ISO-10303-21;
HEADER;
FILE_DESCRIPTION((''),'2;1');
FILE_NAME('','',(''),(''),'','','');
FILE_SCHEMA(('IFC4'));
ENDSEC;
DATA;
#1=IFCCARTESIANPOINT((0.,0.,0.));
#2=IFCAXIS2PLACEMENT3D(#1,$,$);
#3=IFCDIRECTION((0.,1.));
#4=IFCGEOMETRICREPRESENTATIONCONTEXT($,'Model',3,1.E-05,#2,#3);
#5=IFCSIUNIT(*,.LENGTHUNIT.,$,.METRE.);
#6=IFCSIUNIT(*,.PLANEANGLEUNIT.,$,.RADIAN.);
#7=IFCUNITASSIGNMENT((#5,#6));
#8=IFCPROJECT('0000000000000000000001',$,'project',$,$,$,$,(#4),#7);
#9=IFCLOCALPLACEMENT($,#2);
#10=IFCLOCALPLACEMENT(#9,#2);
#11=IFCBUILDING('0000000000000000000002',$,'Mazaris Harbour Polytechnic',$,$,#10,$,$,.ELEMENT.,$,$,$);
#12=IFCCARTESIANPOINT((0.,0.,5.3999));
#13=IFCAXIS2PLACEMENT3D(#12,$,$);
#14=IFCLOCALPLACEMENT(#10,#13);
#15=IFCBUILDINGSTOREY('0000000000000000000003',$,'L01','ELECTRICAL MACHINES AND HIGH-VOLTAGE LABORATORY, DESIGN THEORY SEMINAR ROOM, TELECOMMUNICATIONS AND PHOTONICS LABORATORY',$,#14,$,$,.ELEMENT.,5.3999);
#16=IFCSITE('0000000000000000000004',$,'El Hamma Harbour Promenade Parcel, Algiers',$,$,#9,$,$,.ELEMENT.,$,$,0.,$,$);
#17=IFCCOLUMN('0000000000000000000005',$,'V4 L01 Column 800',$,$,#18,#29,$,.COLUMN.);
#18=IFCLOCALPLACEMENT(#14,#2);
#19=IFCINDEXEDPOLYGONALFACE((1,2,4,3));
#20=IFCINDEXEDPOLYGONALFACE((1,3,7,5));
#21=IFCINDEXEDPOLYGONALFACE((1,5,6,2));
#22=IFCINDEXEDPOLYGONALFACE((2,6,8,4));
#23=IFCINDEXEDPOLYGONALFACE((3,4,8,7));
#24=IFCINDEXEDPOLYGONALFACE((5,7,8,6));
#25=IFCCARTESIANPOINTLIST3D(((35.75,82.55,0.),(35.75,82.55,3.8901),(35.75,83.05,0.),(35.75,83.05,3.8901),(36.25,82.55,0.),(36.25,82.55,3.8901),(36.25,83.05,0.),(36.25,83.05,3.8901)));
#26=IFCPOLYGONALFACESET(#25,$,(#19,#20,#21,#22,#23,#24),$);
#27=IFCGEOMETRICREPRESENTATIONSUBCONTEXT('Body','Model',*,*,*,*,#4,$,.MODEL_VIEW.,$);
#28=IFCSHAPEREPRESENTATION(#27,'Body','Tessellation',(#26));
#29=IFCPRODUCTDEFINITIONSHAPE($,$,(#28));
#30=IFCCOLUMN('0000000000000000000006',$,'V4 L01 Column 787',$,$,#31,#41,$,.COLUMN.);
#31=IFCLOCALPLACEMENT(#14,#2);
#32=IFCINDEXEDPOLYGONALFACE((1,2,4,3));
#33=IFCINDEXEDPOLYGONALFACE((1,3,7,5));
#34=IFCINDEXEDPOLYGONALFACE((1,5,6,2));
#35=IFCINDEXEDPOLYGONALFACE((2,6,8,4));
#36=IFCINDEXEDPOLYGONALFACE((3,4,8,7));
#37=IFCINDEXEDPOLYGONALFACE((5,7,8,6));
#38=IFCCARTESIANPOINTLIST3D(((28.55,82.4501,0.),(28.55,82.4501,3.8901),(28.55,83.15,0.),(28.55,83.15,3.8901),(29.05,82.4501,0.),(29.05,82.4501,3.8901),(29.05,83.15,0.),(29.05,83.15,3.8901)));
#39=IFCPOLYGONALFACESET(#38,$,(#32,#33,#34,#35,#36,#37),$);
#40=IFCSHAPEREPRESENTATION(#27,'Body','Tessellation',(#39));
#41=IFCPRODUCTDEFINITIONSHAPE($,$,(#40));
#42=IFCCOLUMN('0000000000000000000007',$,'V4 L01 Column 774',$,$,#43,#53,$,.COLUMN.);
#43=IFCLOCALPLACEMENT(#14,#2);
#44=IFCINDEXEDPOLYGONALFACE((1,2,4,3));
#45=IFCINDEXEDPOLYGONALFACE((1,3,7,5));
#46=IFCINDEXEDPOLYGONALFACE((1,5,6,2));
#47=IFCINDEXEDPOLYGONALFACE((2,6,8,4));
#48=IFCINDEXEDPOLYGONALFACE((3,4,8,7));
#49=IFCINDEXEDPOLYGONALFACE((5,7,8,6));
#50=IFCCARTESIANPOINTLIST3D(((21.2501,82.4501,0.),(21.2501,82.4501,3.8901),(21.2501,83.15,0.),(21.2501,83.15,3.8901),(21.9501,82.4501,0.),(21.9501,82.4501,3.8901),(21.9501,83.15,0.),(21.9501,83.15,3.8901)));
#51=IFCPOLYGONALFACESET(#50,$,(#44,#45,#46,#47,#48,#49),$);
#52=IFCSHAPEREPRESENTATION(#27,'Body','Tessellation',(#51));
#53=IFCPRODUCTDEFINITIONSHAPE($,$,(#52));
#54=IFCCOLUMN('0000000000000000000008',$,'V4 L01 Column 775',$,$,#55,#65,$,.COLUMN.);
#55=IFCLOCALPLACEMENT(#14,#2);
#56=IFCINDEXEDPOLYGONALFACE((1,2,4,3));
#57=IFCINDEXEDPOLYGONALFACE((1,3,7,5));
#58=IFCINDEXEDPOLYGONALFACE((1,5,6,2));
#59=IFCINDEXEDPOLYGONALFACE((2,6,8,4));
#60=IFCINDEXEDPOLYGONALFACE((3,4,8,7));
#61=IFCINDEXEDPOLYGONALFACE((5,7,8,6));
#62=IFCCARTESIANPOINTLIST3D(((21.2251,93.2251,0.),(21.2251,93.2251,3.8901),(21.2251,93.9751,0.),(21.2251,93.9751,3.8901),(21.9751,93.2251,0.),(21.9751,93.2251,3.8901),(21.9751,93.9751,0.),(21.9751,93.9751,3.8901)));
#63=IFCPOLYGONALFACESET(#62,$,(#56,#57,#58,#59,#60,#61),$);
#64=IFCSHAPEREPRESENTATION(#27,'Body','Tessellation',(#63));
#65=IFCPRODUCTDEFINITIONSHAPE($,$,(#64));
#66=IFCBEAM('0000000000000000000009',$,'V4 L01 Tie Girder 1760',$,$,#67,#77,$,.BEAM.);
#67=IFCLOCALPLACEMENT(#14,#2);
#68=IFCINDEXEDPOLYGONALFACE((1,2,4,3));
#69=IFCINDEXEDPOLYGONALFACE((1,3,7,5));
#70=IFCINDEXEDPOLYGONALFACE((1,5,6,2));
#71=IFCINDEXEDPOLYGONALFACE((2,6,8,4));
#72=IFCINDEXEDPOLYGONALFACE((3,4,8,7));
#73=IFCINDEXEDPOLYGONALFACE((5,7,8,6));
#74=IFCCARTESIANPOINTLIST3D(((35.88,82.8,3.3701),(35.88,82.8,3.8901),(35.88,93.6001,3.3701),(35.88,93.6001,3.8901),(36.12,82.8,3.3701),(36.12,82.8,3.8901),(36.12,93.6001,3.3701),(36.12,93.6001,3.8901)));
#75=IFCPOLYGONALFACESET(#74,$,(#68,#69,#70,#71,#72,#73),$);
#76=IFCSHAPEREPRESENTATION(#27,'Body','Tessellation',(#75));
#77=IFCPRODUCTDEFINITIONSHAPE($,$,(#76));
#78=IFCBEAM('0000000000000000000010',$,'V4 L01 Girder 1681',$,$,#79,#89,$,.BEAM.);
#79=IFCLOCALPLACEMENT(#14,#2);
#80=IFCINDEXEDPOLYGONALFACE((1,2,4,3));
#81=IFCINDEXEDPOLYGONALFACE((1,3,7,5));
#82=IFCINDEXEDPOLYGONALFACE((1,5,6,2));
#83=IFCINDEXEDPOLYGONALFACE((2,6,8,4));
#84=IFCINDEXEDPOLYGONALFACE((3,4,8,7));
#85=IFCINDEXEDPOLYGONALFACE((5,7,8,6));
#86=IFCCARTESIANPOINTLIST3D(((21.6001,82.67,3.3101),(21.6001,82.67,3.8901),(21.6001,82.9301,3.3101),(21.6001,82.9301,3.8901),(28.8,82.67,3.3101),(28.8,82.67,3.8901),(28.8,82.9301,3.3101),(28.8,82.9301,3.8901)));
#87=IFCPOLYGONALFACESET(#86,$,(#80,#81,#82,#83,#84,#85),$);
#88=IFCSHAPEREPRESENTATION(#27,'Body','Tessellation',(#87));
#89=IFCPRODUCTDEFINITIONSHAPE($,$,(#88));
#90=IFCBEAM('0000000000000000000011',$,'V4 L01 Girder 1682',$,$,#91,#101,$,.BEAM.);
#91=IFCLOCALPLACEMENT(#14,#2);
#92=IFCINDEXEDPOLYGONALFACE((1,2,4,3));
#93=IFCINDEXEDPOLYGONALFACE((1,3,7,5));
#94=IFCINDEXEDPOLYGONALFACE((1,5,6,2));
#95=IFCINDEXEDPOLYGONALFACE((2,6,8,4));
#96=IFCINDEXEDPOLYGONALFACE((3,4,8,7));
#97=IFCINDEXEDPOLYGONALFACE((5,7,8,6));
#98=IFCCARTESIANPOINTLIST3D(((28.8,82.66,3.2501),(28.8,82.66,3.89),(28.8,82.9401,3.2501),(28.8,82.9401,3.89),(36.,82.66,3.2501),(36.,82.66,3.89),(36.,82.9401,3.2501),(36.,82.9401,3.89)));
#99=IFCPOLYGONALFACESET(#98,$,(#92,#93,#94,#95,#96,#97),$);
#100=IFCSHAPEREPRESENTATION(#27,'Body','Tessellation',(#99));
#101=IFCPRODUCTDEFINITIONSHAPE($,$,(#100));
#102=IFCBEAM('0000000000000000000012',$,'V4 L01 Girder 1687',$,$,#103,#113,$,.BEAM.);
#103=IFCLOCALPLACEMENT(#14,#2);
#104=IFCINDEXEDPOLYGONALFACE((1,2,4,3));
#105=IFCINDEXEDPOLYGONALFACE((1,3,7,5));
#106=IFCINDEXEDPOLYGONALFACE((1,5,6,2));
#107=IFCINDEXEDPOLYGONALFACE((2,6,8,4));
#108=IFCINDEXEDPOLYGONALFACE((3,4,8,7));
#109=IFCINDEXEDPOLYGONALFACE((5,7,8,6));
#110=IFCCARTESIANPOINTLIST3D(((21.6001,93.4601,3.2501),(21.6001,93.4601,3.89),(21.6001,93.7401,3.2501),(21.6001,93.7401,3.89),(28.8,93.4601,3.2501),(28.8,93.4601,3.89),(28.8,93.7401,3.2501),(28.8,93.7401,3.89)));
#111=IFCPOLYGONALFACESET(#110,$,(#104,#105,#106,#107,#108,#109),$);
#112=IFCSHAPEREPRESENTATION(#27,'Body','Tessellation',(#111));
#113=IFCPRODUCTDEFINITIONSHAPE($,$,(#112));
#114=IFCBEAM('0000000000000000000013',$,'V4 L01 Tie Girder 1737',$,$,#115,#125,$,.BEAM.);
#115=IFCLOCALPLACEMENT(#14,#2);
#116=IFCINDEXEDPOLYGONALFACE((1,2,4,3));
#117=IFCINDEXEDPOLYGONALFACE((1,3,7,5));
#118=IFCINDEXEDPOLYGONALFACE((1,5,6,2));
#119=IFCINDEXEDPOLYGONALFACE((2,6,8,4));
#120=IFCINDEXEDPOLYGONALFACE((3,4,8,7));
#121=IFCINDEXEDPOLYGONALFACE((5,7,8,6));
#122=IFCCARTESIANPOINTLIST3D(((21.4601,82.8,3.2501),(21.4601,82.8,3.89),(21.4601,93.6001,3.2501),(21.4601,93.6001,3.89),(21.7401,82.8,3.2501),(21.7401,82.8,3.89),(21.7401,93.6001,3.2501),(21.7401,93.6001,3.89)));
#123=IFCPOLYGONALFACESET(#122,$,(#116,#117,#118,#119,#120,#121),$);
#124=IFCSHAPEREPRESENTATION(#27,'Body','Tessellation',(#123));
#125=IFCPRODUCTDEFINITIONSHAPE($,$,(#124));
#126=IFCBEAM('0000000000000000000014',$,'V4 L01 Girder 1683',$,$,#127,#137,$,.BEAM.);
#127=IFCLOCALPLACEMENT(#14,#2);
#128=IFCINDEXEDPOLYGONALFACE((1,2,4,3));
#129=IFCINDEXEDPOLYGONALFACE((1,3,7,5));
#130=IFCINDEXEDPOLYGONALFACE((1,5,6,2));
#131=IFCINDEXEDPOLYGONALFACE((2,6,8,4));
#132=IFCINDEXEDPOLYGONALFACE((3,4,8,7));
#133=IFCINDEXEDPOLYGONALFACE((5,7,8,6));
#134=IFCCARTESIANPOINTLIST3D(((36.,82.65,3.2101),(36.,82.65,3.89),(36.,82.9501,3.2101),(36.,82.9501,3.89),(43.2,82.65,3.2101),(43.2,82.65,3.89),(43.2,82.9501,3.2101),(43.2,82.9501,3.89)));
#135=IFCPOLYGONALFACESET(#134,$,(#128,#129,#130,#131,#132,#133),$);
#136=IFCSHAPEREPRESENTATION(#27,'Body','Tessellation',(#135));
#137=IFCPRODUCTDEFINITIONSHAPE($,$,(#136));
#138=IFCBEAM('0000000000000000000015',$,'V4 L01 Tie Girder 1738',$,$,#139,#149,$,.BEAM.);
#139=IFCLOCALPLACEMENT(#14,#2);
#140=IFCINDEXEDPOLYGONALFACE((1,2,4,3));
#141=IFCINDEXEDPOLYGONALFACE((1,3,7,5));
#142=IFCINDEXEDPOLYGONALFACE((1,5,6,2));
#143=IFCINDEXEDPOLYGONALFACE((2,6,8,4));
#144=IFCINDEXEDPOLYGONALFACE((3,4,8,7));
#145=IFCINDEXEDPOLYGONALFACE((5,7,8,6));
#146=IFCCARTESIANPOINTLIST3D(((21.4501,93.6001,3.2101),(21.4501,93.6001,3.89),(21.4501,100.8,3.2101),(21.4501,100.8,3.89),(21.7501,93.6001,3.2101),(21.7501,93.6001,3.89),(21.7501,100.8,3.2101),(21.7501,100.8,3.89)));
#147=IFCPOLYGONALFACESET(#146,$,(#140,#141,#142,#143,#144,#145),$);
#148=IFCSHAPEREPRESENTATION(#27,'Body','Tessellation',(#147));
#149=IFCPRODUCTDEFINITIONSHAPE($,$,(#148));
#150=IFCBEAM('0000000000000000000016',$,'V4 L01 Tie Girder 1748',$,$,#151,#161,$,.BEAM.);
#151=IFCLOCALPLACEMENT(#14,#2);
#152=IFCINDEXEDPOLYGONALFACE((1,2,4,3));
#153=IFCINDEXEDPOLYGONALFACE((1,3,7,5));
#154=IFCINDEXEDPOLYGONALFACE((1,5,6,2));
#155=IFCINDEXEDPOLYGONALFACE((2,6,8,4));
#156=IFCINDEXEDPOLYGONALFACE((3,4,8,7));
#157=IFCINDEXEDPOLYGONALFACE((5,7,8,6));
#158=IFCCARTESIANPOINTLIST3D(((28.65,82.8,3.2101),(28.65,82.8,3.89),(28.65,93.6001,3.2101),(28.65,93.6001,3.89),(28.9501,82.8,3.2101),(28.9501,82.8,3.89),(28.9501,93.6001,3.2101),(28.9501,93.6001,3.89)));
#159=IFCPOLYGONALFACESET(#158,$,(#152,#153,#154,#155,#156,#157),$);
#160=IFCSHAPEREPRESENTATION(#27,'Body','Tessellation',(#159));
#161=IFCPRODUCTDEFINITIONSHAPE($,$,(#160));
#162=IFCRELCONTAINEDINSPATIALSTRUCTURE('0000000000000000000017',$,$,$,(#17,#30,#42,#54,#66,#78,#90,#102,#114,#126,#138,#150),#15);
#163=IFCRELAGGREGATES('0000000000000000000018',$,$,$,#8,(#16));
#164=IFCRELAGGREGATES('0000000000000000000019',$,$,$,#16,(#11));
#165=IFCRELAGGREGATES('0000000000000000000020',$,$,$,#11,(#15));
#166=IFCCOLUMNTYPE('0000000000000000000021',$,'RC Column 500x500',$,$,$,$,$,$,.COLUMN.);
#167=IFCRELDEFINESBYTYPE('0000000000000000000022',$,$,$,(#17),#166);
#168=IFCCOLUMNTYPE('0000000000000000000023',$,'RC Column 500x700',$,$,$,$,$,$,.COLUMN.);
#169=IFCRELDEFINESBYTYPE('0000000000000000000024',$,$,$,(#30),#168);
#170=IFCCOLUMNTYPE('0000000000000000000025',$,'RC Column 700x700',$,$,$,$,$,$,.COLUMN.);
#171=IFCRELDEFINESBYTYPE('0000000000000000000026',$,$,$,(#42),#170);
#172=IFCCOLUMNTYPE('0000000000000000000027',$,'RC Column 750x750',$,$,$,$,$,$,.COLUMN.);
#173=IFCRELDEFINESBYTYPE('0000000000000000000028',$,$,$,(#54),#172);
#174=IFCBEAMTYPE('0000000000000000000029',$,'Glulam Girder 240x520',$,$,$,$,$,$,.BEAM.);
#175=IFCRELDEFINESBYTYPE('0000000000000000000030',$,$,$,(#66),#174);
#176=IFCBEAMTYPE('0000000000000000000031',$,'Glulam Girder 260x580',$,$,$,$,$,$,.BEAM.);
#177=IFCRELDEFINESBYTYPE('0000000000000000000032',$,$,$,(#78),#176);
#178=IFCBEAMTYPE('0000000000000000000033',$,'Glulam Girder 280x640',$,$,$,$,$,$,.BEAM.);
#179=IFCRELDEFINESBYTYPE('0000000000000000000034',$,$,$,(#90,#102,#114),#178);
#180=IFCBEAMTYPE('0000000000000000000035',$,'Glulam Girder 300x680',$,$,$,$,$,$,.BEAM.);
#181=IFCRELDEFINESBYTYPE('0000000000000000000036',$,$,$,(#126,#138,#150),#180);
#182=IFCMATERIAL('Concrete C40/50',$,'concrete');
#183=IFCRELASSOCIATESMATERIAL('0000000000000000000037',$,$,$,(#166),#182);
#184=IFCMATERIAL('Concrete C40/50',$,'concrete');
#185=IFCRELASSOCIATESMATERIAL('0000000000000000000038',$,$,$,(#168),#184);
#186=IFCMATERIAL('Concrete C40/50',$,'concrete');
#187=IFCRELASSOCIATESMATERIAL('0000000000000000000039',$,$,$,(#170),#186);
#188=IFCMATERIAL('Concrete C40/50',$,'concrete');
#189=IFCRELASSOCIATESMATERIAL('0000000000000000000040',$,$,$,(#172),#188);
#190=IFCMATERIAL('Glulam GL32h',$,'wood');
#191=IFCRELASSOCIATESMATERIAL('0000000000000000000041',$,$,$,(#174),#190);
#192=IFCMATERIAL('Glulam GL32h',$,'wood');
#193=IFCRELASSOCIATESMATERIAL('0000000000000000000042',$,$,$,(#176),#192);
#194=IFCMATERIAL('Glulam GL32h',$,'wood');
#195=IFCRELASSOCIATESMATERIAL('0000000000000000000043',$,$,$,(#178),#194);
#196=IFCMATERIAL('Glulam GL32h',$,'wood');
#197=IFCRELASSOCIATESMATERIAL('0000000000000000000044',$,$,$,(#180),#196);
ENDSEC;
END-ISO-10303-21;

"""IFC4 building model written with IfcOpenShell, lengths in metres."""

from ifc_helpers import new_model, si_unit, direction, frame, origin, origin_2d, place, context, subcontext, project, spatial, rectangle, extrude, material, material_profile, profile_set, type_object, element, save


model = new_model("IFC4")

# Units and contexts
model_context = context("Model", 3, precision=1e-05, world=origin(), true_north=direction((0.0, 1.0)))
body_context = subcontext(model_context, "Body", "Model", "MODEL_VIEW")
ifc_project = project(units=[si_unit("LENGTHUNIT", "METRE"), si_unit("PLANEANGLEUNIT", "RADIAN")], contexts=[model_context])

# Site, building, storey
site_placement = place(None, origin())
site = spatial("IfcSite", under=ifc_project, at=site_placement, Name="El Hamma Harbour Promenade Parcel, Algiers", CompositionType="ELEMENT", RefElevation=0.0)
building_placement = place(site_placement, origin())
building = spatial("IfcBuilding", under=site, at=building_placement, Name="Mazaris Harbour Polytechnic", CompositionType="ELEMENT")
storey_placement = place(building_placement, frame((0.0, 0.0, 5.3999)))
storey = spatial("IfcBuildingStorey", under=building, at=storey_placement, Name="L01", Description="ELECTRICAL MACHINES AND HIGH-VOLTAGE LABORATORY, DESIGN THEORY SEMINAR ROOM, TELECOMMUNICATIONS AND PHOTONICS LABORATORY", CompositionType="ELEMENT", Elevation=5.3999)

# Columns
ifc_material_1 = material(Name="Concrete C40/50", Category="concrete")
ifc_material_profile_1 = material_profile(ifc_material_1, rectangle(XDim=0.5, YDim=0.5, at=origin_2d()), Name="RECT500x500")
ifc_profile_set_1 = profile_set([ifc_material_profile_1], Name="Concrete C40/50")
column_type_1 = type_object("IfcColumnType", Name="RC Column 500x500", PredefinedType="COLUMN", material=ifc_profile_set_1)
column_1_placement = place(storey_placement, frame((36.0, 82.8, 0.0), z_axis=(0.0, 0.0, 1.0), x_axis=(1.0, 0.0, 0.0)))
element("IfcColumn", 1, at=column_1_placement, inside=storey, type_object=column_type_1, Name="V4 L01 Column 800", PredefinedType="COLUMN", context=body_context, shape_type="SweptSolid", body=[
    extrude(rectangle(XDim=0.5, YDim=0.5, at=origin_2d()), origin(), (0.0, 0.0, 1.0), 3.8901),
])
ifc_material_2 = material(Name="Concrete C40/50", Category="concrete")
ifc_material_profile_2 = material_profile(ifc_material_2, rectangle(XDim=0.5, YDim=0.7, at=origin_2d()), Name="RECT500x700")
ifc_profile_set_2 = profile_set([ifc_material_profile_2], Name="Concrete C40/50")
column_type_2 = type_object("IfcColumnType", Name="RC Column 500x700", PredefinedType="COLUMN", material=ifc_profile_set_2)
column_2_placement = place(storey_placement, frame((28.8, 82.8, 0.0), z_axis=(0.0, 0.0, 1.0), x_axis=(1.0, 0.0, 0.0)))
element("IfcColumn", 2, at=column_2_placement, inside=storey, type_object=column_type_2, Name="V4 L01 Column 787", PredefinedType="COLUMN", context=body_context, shape_type="SweptSolid", body=[
    extrude(rectangle(XDim=0.5, YDim=0.7, at=origin_2d()), origin(), (0.0, 0.0, 1.0), 3.8901),
])
ifc_material_3 = material(Name="Concrete C40/50", Category="concrete")
ifc_material_profile_3 = material_profile(ifc_material_3, rectangle(XDim=0.7, YDim=0.7, at=origin_2d()), Name="RECT700x700")
ifc_profile_set_3 = profile_set([ifc_material_profile_3], Name="Concrete C40/50")
column_type_3 = type_object("IfcColumnType", Name="RC Column 700x700", PredefinedType="COLUMN", material=ifc_profile_set_3)
column_3_placement = place(storey_placement, frame((21.6001, 82.8, 0.0), z_axis=(0.0, 0.0, 1.0), x_axis=(1.0, 0.0, 0.0)))
element("IfcColumn", 3, at=column_3_placement, inside=storey, type_object=column_type_3, Name="V4 L01 Column 774", PredefinedType="COLUMN", context=body_context, shape_type="SweptSolid", body=[
    extrude(rectangle(XDim=0.7, YDim=0.7, at=origin_2d()), origin(), (0.0, 0.0, 1.0), 3.8901),
])
ifc_material_4 = material(Name="Concrete C40/50", Category="concrete")
ifc_material_profile_4 = material_profile(ifc_material_4, rectangle(XDim=0.75, YDim=0.75, at=origin_2d()), Name="RECT750x750")
ifc_profile_set_4 = profile_set([ifc_material_profile_4], Name="Concrete C40/50")
column_type_4 = type_object("IfcColumnType", Name="RC Column 750x750", PredefinedType="COLUMN", material=ifc_profile_set_4)
column_4_placement = place(storey_placement, frame((21.6001, 93.6001, 0.0), z_axis=(0.0, 0.0, 1.0), x_axis=(1.0, 0.0, 0.0)))
element("IfcColumn", 4, at=column_4_placement, inside=storey, type_object=column_type_4, Name="V4 L01 Column 775", PredefinedType="COLUMN", context=body_context, shape_type="SweptSolid", body=[
    extrude(rectangle(XDim=0.75, YDim=0.75, at=origin_2d()), origin(), (0.0, 0.0, 1.0), 3.8901),
])

# Beams
ifc_material_5 = material(Name="Glulam GL32h", Category="wood")
ifc_material_profile_5 = material_profile(ifc_material_5, rectangle(XDim=0.24, YDim=0.52, at=origin_2d()), Name="RECT240x520")
ifc_profile_set_5 = profile_set([ifc_material_profile_5], Name="Glulam GL32h")
beam_type_1 = type_object("IfcBeamType", Name="Glulam Girder 240x520", PredefinedType="BEAM", material=ifc_profile_set_5)
beam_1_placement = place(storey_placement, frame((36.0, 82.8, 3.6301), z_axis=(0.0, 1.0, 0.0), x_axis=(-1.0, 0.0, 0.0)))
element("IfcBeam", 5, at=beam_1_placement, inside=storey, type_object=beam_type_1, Name="V4 L01 Tie Girder 1760", PredefinedType="BEAM", context=body_context, shape_type="SweptSolid", body=[
    extrude(rectangle(XDim=0.24, YDim=0.52, at=origin_2d()), origin(), (0.0, 0.0, 1.0), 10.8),
])
ifc_material_6 = material(Name="Glulam GL32h", Category="wood")
ifc_material_profile_6 = material_profile(ifc_material_6, rectangle(XDim=0.26, YDim=0.5801, at=origin_2d()), Name="RECT260x580")
ifc_profile_set_6 = profile_set([ifc_material_profile_6], Name="Glulam GL32h")
beam_type_2 = type_object("IfcBeamType", Name="Glulam Girder 260x580", PredefinedType="BEAM", material=ifc_profile_set_6)
beam_2_placement = place(storey_placement, frame((21.6001, 82.8, 3.6001), z_axis=(1.0, 0.0, 0.0), x_axis=(0.0, 1.0, 0.0)))
element("IfcBeam", 6, at=beam_2_placement, inside=storey, type_object=beam_type_2, Name="V4 L01 Girder 1681", PredefinedType="BEAM", context=body_context, shape_type="SweptSolid", body=[
    extrude(rectangle(XDim=0.26, YDim=0.5801, at=origin_2d()), origin(), (0.0, 0.0, 1.0), 7.2),
])
ifc_material_7 = material(Name="Glulam GL32h", Category="wood")
ifc_material_profile_7 = material_profile(ifc_material_7, rectangle(XDim=0.28, YDim=0.6399, at=origin_2d()), Name="RECT280x640")
ifc_profile_set_7 = profile_set([ifc_material_profile_7], Name="Glulam GL32h")
beam_type_3 = type_object("IfcBeamType", Name="Glulam Girder 280x640", PredefinedType="BEAM", material=ifc_profile_set_7)
for number, where, z_axis, x_axis, name in (
    (7, (28.8, 82.8, 3.5701), (1.0, 0.0, 0.0), (0.0, 1.0, 0.0), "V4 L01 Girder 1682"),
    (8, (21.6001, 93.6001, 3.5701), (1.0, 0.0, 0.0), (0.0, 1.0, 0.0), "V4 L01 Girder 1687"),
):
    element("IfcBeam", number, at=place(storey_placement, frame(where, z_axis=z_axis, x_axis=x_axis)), inside=storey, type_object=beam_type_3, Name=name, PredefinedType="BEAM", context=body_context, shape_type="SweptSolid", body=[
        extrude(rectangle(XDim=0.28, YDim=0.6399, at=origin_2d()), origin(), (0.0, 0.0, 1.0), 7.2),
    ])
beam_3_placement = place(storey_placement, frame((21.6001, 82.8, 3.5701), z_axis=(0.0, 1.0, 0.0), x_axis=(-1.0, 0.0, 0.0)))
element("IfcBeam", 9, at=beam_3_placement, inside=storey, type_object=beam_type_3, Name="V4 L01 Tie Girder 1737", PredefinedType="BEAM", context=body_context, shape_type="SweptSolid", body=[
    extrude(rectangle(XDim=0.28, YDim=0.6399, at=origin_2d()), origin(), (0.0, 0.0, 1.0), 10.8),
])
ifc_material_8 = material(Name="Glulam GL32h", Category="wood")
ifc_material_profile_8 = material_profile(ifc_material_8, rectangle(XDim=0.3, YDim=0.6799, at=origin_2d()), Name="RECT300x680")
ifc_profile_set_8 = profile_set([ifc_material_profile_8], Name="Glulam GL32h")
beam_type_4 = type_object("IfcBeamType", Name="Glulam Girder 300x680", PredefinedType="BEAM", material=ifc_profile_set_8)
for number, where, z_axis, x_axis, name in (
    (10, (36.0, 82.8, 3.55), (1.0, 0.0, 0.0), (0.0, 1.0, 0.0), "V4 L01 Girder 1683"),
    (11, (21.6001, 93.6001, 3.55), (0.0, 1.0, 0.0), (-1.0, 0.0, 0.0), "V4 L01 Tie Girder 1738"),
):
    element("IfcBeam", number, at=place(storey_placement, frame(where, z_axis=z_axis, x_axis=x_axis)), inside=storey, type_object=beam_type_4, Name=name, PredefinedType="BEAM", context=body_context, shape_type="SweptSolid", body=[
        extrude(rectangle(XDim=0.3, YDim=0.6799, at=origin_2d()), origin(), (0.0, 0.0, 1.0), 7.2),
    ])
beam_4_placement = place(storey_placement, frame((28.8, 82.8, 3.55), z_axis=(0.0, 1.0, 0.0), x_axis=(-1.0, 0.0, 0.0)))
element("IfcBeam", 12, at=beam_4_placement, inside=storey, type_object=beam_type_4, Name="V4 L01 Tie Girder 1748", PredefinedType="BEAM", context=body_context, shape_type="SweptSolid", body=[
    extrude(rectangle(XDim=0.3, YDim=0.6799, at=origin_2d()), origin(), (0.0, 0.0, 1.0), 10.8),
])

save(model, "model.ifc")
